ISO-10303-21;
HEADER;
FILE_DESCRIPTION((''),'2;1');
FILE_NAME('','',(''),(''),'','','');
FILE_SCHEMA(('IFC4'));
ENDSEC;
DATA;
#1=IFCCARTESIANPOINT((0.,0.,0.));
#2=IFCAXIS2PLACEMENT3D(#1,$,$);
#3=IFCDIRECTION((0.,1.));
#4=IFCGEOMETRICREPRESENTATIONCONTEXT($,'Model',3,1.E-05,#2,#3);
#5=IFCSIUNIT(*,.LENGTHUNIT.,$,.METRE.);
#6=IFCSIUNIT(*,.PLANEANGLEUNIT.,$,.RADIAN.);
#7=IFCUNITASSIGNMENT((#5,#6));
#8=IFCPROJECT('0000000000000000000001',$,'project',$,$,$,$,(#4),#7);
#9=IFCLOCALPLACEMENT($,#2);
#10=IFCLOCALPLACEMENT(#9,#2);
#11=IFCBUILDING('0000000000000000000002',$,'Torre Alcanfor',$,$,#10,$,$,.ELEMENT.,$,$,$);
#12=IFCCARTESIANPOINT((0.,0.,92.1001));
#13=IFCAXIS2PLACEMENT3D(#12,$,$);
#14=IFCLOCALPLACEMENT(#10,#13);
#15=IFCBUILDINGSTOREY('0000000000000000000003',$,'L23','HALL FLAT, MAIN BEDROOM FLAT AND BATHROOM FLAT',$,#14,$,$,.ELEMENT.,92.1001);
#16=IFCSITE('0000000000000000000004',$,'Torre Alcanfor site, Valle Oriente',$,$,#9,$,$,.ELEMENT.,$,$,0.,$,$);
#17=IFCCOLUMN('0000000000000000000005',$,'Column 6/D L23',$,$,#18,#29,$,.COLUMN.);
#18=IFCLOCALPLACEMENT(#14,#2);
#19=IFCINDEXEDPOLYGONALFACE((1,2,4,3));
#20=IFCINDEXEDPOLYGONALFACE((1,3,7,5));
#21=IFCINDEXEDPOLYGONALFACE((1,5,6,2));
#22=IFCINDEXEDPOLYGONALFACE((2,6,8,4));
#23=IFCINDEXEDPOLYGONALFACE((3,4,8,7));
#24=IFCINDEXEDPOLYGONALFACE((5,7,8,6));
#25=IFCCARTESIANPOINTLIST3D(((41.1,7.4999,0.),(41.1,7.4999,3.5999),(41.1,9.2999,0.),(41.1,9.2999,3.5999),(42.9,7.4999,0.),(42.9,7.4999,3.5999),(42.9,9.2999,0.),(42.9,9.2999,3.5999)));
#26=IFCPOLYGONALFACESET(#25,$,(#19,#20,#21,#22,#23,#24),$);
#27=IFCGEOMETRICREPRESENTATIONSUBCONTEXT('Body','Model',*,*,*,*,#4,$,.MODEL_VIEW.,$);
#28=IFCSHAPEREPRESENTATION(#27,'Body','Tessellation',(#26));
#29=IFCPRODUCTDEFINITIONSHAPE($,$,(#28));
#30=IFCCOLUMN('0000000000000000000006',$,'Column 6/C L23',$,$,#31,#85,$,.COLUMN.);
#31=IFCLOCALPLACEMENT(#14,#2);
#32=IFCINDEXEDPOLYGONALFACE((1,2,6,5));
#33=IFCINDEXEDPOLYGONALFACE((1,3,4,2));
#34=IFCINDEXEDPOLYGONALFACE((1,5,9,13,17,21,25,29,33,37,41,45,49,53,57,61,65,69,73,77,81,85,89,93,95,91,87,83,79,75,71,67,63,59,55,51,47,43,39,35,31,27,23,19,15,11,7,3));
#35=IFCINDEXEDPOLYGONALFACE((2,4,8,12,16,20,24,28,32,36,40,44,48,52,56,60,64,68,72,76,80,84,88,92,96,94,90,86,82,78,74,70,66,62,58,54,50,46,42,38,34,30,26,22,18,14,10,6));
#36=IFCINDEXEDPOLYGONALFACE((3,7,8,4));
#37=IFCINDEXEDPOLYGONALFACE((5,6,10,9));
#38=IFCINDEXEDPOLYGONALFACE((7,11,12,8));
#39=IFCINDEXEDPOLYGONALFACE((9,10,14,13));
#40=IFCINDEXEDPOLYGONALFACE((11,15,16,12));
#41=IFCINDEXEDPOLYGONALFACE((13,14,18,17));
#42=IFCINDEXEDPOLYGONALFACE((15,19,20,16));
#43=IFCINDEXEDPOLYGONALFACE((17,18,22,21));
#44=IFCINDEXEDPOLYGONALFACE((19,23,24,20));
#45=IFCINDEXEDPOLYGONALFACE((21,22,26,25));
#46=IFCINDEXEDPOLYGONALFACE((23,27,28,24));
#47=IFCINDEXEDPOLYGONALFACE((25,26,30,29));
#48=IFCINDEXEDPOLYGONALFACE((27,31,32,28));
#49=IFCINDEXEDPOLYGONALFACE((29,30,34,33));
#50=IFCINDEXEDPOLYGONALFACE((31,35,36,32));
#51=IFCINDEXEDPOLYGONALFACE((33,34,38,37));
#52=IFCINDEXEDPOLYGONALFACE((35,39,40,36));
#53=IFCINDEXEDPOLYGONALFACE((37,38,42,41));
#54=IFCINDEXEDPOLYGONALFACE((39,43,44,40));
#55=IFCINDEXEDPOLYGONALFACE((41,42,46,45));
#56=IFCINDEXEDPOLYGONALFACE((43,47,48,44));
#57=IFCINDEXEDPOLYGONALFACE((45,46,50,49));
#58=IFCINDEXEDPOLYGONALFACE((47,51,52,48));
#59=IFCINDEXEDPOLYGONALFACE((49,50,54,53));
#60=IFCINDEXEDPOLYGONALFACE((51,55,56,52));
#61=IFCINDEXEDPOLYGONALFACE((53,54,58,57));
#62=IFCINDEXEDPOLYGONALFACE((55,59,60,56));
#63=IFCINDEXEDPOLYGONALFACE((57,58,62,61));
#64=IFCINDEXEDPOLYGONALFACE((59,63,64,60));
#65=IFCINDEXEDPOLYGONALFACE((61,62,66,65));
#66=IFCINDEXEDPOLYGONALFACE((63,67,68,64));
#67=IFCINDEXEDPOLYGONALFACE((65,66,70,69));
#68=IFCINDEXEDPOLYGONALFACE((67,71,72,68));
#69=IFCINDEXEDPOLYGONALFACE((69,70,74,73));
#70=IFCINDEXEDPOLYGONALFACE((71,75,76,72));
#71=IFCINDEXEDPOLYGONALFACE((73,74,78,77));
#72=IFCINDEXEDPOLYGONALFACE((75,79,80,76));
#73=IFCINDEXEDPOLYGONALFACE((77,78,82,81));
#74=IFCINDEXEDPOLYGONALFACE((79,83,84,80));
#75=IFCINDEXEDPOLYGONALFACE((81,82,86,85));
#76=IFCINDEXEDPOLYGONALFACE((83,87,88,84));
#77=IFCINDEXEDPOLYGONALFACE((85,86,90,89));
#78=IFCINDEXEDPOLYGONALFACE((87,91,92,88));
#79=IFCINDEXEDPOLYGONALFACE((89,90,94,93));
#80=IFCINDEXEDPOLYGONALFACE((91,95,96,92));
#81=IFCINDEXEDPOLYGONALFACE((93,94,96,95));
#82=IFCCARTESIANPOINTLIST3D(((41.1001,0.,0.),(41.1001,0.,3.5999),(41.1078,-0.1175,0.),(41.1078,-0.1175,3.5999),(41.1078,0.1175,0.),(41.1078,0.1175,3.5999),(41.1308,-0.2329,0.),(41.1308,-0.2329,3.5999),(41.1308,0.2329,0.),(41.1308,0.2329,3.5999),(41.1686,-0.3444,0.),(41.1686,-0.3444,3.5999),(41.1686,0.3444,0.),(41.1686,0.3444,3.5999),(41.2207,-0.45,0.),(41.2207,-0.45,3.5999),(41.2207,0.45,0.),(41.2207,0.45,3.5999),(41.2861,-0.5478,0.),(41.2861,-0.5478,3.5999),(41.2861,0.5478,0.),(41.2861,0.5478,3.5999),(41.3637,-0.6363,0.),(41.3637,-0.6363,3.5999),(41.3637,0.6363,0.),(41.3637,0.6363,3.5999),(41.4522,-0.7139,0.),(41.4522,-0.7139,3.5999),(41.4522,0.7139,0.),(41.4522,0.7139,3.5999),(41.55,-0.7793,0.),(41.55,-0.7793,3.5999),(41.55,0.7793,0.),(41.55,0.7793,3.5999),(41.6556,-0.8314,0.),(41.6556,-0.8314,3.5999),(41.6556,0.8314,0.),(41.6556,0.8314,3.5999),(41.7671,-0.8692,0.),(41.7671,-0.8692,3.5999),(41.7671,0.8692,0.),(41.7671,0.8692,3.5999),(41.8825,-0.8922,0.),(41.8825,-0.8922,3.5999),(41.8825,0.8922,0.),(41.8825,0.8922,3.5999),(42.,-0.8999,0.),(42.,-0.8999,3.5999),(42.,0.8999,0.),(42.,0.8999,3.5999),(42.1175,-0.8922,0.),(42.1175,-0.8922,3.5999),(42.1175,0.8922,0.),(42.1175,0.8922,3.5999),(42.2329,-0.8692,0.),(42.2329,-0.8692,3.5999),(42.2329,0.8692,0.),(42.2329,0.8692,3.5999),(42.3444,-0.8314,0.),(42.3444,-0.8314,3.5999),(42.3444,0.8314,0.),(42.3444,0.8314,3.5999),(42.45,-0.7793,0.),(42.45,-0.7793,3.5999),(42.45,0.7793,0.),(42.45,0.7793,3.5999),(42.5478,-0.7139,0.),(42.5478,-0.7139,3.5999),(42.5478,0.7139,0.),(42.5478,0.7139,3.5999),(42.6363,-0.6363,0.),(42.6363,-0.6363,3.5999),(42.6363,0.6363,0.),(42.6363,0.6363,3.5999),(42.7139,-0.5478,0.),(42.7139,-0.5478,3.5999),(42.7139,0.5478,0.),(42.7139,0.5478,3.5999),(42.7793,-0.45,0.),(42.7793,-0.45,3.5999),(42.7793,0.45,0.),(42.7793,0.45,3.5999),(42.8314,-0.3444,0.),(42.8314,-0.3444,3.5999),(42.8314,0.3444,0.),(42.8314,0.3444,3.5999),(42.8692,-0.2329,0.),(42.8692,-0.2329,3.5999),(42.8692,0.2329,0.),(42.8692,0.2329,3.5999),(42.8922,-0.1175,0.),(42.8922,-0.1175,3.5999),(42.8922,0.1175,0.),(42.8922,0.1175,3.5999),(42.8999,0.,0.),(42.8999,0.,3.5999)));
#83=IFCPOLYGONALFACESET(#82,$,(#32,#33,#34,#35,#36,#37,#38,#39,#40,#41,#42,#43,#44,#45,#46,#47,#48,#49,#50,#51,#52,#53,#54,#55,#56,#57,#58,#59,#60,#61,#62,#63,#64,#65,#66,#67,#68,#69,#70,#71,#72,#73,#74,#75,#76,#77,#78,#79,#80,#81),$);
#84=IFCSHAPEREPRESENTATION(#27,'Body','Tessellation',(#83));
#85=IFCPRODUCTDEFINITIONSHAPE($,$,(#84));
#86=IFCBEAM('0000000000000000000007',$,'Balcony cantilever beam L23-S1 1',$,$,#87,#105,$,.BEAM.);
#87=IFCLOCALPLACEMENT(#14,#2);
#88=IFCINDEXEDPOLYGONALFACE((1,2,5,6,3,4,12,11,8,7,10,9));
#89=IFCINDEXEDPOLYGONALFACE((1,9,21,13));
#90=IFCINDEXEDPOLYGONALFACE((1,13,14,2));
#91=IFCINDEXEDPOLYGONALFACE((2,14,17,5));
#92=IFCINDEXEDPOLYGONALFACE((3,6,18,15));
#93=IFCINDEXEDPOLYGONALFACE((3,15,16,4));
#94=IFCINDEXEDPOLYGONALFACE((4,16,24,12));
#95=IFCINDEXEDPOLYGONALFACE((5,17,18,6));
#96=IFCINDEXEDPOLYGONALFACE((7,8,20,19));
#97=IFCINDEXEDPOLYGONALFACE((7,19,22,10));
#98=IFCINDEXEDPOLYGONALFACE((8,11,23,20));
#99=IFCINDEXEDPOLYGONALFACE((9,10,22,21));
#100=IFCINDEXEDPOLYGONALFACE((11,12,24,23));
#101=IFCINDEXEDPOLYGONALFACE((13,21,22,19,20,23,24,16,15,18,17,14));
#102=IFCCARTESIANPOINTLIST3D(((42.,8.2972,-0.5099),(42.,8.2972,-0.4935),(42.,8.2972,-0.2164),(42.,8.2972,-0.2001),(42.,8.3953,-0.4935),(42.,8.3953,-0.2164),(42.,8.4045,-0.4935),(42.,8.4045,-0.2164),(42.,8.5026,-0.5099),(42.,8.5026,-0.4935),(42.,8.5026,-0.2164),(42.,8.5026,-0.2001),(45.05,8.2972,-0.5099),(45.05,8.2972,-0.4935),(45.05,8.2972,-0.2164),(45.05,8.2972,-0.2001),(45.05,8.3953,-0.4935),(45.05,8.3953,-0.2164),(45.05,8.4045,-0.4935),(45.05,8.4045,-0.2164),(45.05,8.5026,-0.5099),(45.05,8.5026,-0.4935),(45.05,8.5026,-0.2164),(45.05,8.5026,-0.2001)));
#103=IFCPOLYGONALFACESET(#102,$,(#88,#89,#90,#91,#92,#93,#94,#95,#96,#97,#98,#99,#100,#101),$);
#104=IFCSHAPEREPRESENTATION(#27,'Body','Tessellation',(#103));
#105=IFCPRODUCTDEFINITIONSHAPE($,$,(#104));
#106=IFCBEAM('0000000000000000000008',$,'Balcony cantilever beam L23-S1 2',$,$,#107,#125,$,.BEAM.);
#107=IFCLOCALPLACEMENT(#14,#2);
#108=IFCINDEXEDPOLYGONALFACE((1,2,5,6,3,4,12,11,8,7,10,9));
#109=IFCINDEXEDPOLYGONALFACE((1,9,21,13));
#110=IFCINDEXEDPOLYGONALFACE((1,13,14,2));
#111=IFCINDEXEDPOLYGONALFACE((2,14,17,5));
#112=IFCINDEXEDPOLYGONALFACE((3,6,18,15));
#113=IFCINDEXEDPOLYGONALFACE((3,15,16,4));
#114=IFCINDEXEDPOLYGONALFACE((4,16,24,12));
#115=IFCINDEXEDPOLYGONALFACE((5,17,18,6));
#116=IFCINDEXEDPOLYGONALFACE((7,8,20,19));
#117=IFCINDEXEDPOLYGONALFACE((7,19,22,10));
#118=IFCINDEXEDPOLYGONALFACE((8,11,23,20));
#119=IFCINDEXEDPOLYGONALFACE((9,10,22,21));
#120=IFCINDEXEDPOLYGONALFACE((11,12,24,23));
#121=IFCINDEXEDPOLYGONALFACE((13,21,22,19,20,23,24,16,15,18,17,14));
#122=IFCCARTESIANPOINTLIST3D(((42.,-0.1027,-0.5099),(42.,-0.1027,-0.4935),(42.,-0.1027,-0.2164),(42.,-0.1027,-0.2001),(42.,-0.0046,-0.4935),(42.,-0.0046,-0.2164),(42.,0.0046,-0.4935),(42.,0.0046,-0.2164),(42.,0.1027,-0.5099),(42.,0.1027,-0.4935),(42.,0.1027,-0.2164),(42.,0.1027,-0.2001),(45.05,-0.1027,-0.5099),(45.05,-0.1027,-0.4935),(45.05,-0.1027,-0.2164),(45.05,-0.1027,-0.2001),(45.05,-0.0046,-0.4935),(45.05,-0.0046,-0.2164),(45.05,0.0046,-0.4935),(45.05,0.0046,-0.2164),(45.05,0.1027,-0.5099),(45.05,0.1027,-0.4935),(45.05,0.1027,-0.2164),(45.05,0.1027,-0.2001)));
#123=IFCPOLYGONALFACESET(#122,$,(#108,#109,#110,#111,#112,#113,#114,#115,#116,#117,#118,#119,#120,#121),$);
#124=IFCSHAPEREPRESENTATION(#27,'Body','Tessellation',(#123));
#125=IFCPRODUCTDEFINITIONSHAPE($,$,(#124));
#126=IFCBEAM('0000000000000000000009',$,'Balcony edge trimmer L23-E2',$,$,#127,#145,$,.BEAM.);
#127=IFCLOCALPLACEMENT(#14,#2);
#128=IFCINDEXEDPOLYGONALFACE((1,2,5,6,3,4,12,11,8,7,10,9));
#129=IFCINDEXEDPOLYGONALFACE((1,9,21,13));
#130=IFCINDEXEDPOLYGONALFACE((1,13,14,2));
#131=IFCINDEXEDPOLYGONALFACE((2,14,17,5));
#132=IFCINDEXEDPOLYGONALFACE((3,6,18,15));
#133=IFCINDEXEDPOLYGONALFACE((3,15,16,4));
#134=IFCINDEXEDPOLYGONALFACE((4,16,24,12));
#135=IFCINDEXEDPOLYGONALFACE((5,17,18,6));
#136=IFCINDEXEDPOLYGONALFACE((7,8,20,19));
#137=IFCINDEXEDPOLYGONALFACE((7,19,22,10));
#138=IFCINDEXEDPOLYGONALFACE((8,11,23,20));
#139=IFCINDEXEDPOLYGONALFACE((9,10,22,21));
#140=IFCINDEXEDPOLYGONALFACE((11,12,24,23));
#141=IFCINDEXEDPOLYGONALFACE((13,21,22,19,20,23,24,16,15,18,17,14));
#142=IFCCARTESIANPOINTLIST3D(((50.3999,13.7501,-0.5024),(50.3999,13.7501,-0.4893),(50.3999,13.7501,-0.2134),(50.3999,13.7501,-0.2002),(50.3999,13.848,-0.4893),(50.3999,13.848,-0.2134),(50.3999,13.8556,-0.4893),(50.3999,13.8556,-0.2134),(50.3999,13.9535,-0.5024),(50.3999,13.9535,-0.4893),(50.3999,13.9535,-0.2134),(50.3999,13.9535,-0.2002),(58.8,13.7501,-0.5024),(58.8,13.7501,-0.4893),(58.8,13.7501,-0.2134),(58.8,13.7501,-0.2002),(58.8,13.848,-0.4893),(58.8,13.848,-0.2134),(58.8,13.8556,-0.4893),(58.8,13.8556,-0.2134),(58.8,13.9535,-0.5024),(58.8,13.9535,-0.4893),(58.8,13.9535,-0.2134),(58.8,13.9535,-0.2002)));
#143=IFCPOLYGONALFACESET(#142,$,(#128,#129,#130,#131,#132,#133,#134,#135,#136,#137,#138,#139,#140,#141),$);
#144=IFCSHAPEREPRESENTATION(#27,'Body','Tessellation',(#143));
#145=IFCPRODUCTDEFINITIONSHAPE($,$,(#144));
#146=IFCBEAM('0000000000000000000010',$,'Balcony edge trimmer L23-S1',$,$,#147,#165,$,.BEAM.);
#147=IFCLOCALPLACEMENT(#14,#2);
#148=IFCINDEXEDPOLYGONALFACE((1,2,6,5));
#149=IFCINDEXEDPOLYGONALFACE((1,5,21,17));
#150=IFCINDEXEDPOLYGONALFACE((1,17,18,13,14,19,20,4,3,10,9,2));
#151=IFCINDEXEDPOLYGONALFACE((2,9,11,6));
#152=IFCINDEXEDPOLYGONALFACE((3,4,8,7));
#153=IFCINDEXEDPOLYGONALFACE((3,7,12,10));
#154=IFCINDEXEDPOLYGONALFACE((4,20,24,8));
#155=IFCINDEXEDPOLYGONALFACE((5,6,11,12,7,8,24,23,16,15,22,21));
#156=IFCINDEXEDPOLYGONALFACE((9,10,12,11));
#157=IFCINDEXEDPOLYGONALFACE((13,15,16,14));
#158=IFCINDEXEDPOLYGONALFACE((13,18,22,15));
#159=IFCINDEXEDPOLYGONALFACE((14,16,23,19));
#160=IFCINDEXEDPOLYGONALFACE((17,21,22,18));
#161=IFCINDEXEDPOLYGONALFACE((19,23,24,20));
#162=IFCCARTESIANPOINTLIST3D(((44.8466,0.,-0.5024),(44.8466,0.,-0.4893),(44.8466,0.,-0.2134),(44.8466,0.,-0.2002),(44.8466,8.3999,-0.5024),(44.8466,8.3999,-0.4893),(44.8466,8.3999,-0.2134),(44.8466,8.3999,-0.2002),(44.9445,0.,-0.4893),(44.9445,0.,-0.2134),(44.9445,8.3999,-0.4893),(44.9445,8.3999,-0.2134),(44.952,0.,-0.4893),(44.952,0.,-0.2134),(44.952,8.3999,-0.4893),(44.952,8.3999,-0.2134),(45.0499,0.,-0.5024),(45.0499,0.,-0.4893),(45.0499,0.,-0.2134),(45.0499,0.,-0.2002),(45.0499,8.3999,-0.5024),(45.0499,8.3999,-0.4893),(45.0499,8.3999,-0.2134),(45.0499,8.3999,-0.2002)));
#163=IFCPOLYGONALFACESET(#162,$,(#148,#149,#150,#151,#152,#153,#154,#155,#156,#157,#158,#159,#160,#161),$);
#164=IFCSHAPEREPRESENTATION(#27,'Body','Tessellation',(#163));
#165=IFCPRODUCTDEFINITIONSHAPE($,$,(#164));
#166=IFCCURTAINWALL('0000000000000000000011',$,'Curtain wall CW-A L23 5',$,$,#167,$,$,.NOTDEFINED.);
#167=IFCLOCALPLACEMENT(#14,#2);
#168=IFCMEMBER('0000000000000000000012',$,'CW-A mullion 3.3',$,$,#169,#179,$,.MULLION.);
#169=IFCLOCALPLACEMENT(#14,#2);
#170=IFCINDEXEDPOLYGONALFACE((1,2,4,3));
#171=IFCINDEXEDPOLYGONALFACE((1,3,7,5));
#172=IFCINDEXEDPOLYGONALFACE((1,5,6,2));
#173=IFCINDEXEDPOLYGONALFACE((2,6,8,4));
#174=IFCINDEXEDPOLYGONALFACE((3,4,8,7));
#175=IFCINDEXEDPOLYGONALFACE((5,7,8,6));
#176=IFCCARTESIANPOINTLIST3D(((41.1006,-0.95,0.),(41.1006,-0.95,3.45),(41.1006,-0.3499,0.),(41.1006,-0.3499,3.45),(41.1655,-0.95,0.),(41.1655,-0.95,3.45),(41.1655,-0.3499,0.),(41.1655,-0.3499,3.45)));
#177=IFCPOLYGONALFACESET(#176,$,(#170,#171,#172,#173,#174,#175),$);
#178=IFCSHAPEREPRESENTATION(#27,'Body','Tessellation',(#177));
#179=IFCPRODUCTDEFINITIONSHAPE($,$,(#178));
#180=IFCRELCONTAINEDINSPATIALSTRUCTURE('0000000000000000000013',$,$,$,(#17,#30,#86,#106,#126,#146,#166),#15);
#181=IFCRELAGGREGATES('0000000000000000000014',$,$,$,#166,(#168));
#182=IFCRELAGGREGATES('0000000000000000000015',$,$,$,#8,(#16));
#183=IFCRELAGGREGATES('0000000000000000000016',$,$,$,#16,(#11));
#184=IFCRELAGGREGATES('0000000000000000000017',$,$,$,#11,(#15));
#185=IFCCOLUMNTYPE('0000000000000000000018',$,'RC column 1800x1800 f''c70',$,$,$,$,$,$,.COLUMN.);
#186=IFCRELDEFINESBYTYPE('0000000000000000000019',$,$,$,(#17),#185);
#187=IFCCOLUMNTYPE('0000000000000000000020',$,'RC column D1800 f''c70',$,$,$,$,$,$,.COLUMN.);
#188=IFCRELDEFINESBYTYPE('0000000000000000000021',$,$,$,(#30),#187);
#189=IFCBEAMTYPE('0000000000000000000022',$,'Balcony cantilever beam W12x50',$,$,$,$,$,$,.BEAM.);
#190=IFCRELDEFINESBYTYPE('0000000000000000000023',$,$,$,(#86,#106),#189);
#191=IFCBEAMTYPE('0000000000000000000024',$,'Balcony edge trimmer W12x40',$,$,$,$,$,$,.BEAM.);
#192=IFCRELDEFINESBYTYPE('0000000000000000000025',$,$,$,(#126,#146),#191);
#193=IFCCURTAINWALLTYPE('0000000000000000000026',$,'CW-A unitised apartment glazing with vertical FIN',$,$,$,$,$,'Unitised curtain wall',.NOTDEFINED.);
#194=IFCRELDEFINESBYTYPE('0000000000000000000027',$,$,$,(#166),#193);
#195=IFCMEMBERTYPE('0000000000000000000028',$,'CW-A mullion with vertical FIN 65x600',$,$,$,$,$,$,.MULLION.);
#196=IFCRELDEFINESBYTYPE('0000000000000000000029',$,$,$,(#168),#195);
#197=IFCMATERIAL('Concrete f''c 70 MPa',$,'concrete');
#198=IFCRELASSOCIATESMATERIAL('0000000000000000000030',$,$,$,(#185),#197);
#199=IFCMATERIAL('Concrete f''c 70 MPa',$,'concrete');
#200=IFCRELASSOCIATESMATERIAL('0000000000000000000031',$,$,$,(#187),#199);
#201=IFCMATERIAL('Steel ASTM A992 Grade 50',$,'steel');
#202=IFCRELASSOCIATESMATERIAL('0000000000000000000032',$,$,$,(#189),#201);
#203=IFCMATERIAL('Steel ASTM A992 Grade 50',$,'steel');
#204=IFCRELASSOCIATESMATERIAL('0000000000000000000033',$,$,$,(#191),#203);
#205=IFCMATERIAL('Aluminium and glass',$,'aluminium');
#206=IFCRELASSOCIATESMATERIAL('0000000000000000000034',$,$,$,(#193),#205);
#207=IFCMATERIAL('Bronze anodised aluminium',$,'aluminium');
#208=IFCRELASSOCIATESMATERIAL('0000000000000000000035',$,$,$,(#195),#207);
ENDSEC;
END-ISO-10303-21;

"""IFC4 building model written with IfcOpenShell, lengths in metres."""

from ifc_helpers import new_model, si_unit, direction, frame, origin, origin_2d, place, context, subcontext, project, spatial, rectangle, circle, i_section, extrude, material, material_profile, profile_set, type_object, element, aggregate, save


model = new_model("IFC4")

# Units and contexts
model_context = context("Model", 3, precision=1e-05, world=origin(), true_north=direction((0.0, 1.0)))
body_context = subcontext(model_context, "Body", "Model", "MODEL_VIEW")
ifc_project = project(units=[si_unit("LENGTHUNIT", "METRE"), si_unit("PLANEANGLEUNIT", "RADIAN")], contexts=[model_context])

# Site, building, storey
site_placement = place(None, origin())
site = spatial("IfcSite", under=ifc_project, at=site_placement, Name="Torre Alcanfor site, Valle Oriente", CompositionType="ELEMENT", RefElevation=0.0)
building_placement = place(site_placement, origin())
building = spatial("IfcBuilding", under=site, at=building_placement, Name="Torre Alcanfor", CompositionType="ELEMENT")
storey_placement = place(building_placement, frame((0.0, 0.0, 92.1001)))
storey = spatial("IfcBuildingStorey", under=building, at=storey_placement, Name="L23", Description="HALL FLAT, MAIN BEDROOM FLAT AND BATHROOM FLAT", CompositionType="ELEMENT", Elevation=92.1001)

# Columns
ifc_material_1 = material(Name="Concrete f'c 70 MPa", Category="concrete")
ifc_material_profile_1 = material_profile(ifc_material_1, rectangle(XDim=1.8, YDim=1.8, at=origin_2d()), Name="1800x1800")
ifc_profile_set_1 = profile_set([ifc_material_profile_1], Name="Concrete f'c 70 MPa")
column_type_1 = type_object("IfcColumnType", Name="RC column 1800x1800 f'c70", PredefinedType="COLUMN", material=ifc_profile_set_1)
column_1_placement = place(storey_placement, frame((42.0, 8.3999, 0.0), z_axis=(0.0, 0.0, 1.0), x_axis=(1.0, 0.0, 0.0)))
element("IfcColumn", 1, at=column_1_placement, inside=storey, type_object=column_type_1, Name="Column 6/D L23", PredefinedType="COLUMN", context=body_context, shape_type="SweptSolid", body=[
    extrude(rectangle(XDim=1.8, YDim=1.8, at=origin_2d()), origin(), (0.0, 0.0, 1.0), 3.5999),
])
ifc_material_2 = material(Name="Concrete f'c 70 MPa", Category="concrete")
ifc_material_profile_2 = material_profile(ifc_material_2, circle(Radius=0.8999, at=origin_2d()), Name="D1800")
ifc_profile_set_2 = profile_set([ifc_material_profile_2], Name="Concrete f'c 70 MPa")
column_type_2 = type_object("IfcColumnType", Name="RC column D1800 f'c70", PredefinedType="COLUMN", material=ifc_profile_set_2)
column_2_placement = place(storey_placement, frame((42.0, 0.0, 0.0), z_axis=(0.0, 0.0, 1.0), x_axis=(1.0, 0.0, 0.0)))
element("IfcColumn", 2, at=column_2_placement, inside=storey, type_object=column_type_2, Name="Column 6/C L23", PredefinedType="COLUMN", context=body_context, shape_type="SweptSolid", body=[
    extrude(circle(Radius=0.8999, at=origin_2d()), origin(), (0.0, 0.0, 1.0), 3.5999),
])

# Beams
ifc_material_3 = material(Name="Steel ASTM A992 Grade 50", Category="steel")
ifc_material_profile_3 = material_profile(ifc_material_3, i_section(OverallWidth=0.2053, OverallDepth=0.3098, WebThickness=0.0093, FlangeThickness=0.0164, at=origin_2d()), Name="W12x50")
ifc_profile_set_3 = profile_set([ifc_material_profile_3], Name="Steel ASTM A992 Grade 50")
beam_type_1 = type_object("IfcBeamType", Name="Balcony cantilever beam W12x50", PredefinedType="BEAM", material=ifc_profile_set_3)
for number, where, z_axis, x_axis, name in (
    (3, (42.0, 8.3999, -0.355), (1.0, 0.0, 0.0), (0.0, 1.0, 0.0), "Balcony cantilever beam L23-S1 1"),
    (4, (42.0, 0.0, -0.355), (1.0, 0.0, 0.0), (0.0, 1.0, 0.0), "Balcony cantilever beam L23-S1 2"),
):
    element("IfcBeam", number, at=place(storey_placement, frame(where, z_axis=z_axis, x_axis=x_axis)), inside=storey, type_object=beam_type_1, Name=name, PredefinedType="BEAM", context=body_context, shape_type="SweptSolid", body=[
        extrude(i_section(OverallWidth=0.2053, OverallDepth=0.3098, WebThickness=0.0093, FlangeThickness=0.0164, at=origin_2d()), origin(), (0.0, 0.0, 1.0), 3.05),
    ])
ifc_material_4 = material(Name="Steel ASTM A992 Grade 50", Category="steel")
ifc_material_profile_4 = material_profile(ifc_material_4, i_section(OverallWidth=0.2034, OverallDepth=0.3022, WebThickness=0.0076, FlangeThickness=0.0132, at=origin_2d()), Name="W12x40")
ifc_profile_set_4 = profile_set([ifc_material_profile_4], Name="Steel ASTM A992 Grade 50")
beam_type_2 = type_object("IfcBeamType", Name="Balcony edge trimmer W12x40", PredefinedType="BEAM", material=ifc_profile_set_4)
beam_1_placement = place(storey_placement, frame((50.3999, 13.8518, -0.3513), z_axis=(1.0, 0.0, 0.0), x_axis=(0.0, 1.0, 0.0)))
element("IfcBeam", 5, at=beam_1_placement, inside=storey, type_object=beam_type_2, Name="Balcony edge trimmer L23-E2", PredefinedType="BEAM", context=body_context, shape_type="SweptSolid", body=[
    extrude(i_section(OverallWidth=0.2034, OverallDepth=0.3022, WebThickness=0.0076, FlangeThickness=0.0132, at=origin_2d()), origin(), (0.0, 0.0, 1.0), 8.4001),
])
beam_2_placement = place(storey_placement, frame((44.9482, 8.3999, -0.3513), z_axis=(0.0, -1.0, 0.0), x_axis=(1.0, 0.0, 0.0)))
element("IfcBeam", 6, at=beam_2_placement, inside=storey, type_object=beam_type_2, Name="Balcony edge trimmer L23-S1", PredefinedType="BEAM", context=body_context, shape_type="SweptSolid", body=[
    extrude(i_section(OverallWidth=0.2034, OverallDepth=0.3022, WebThickness=0.0076, FlangeThickness=0.0132, at=origin_2d()), origin(), (0.0, 0.0, 1.0), 8.3999),
])

# Curtain wall, member
ifc_material_5 = material(Name="Aluminium and glass", Category="aluminium")
curtain_wall_type = type_object("IfcCurtainWallType", Name="CW-A unitised apartment glazing with vertical FIN", ElementType="Unitised curtain wall", PredefinedType="NOTDEFINED", material=ifc_material_5)
curtain_wall_placement = place(storey_placement, origin())
curtain_wall = element("IfcCurtainWall", 7, at=curtain_wall_placement, inside=storey, type_object=curtain_wall_type, Name="Curtain wall CW-A L23 5", PredefinedType="NOTDEFINED")
ifc_material_6 = material(Name="Bronze anodised aluminium", Category="aluminium")
ifc_material_profile_5 = material_profile(ifc_material_6, rectangle(XDim=0.6001, YDim=0.0649, at=origin_2d()), Name="CW-A mullion 65x600")
ifc_profile_set_5 = profile_set([ifc_material_profile_5], Name="Bronze anodised aluminium")
member_type = type_object("IfcMemberType", Name="CW-A mullion with vertical FIN 65x600", PredefinedType="MULLION", material=ifc_profile_set_5)
member_placement = place(storey_placement, frame((41.1331, -0.6499, 0.0), z_axis=(0.0, 0.0, 1.0), x_axis=(0.0, 1.0, 0.0)))
member = element("IfcMember", 8, at=member_placement, type_object=member_type, Name="CW-A mullion 3.3", PredefinedType="MULLION", context=body_context, shape_type="SweptSolid", body=[
    extrude(rectangle(XDim=0.6001, YDim=0.0649, at=origin_2d()), origin(), (0.0, 0.0, 1.0), 3.45),
])
aggregate(curtain_wall, [member])

save(model, "model.ifc")
